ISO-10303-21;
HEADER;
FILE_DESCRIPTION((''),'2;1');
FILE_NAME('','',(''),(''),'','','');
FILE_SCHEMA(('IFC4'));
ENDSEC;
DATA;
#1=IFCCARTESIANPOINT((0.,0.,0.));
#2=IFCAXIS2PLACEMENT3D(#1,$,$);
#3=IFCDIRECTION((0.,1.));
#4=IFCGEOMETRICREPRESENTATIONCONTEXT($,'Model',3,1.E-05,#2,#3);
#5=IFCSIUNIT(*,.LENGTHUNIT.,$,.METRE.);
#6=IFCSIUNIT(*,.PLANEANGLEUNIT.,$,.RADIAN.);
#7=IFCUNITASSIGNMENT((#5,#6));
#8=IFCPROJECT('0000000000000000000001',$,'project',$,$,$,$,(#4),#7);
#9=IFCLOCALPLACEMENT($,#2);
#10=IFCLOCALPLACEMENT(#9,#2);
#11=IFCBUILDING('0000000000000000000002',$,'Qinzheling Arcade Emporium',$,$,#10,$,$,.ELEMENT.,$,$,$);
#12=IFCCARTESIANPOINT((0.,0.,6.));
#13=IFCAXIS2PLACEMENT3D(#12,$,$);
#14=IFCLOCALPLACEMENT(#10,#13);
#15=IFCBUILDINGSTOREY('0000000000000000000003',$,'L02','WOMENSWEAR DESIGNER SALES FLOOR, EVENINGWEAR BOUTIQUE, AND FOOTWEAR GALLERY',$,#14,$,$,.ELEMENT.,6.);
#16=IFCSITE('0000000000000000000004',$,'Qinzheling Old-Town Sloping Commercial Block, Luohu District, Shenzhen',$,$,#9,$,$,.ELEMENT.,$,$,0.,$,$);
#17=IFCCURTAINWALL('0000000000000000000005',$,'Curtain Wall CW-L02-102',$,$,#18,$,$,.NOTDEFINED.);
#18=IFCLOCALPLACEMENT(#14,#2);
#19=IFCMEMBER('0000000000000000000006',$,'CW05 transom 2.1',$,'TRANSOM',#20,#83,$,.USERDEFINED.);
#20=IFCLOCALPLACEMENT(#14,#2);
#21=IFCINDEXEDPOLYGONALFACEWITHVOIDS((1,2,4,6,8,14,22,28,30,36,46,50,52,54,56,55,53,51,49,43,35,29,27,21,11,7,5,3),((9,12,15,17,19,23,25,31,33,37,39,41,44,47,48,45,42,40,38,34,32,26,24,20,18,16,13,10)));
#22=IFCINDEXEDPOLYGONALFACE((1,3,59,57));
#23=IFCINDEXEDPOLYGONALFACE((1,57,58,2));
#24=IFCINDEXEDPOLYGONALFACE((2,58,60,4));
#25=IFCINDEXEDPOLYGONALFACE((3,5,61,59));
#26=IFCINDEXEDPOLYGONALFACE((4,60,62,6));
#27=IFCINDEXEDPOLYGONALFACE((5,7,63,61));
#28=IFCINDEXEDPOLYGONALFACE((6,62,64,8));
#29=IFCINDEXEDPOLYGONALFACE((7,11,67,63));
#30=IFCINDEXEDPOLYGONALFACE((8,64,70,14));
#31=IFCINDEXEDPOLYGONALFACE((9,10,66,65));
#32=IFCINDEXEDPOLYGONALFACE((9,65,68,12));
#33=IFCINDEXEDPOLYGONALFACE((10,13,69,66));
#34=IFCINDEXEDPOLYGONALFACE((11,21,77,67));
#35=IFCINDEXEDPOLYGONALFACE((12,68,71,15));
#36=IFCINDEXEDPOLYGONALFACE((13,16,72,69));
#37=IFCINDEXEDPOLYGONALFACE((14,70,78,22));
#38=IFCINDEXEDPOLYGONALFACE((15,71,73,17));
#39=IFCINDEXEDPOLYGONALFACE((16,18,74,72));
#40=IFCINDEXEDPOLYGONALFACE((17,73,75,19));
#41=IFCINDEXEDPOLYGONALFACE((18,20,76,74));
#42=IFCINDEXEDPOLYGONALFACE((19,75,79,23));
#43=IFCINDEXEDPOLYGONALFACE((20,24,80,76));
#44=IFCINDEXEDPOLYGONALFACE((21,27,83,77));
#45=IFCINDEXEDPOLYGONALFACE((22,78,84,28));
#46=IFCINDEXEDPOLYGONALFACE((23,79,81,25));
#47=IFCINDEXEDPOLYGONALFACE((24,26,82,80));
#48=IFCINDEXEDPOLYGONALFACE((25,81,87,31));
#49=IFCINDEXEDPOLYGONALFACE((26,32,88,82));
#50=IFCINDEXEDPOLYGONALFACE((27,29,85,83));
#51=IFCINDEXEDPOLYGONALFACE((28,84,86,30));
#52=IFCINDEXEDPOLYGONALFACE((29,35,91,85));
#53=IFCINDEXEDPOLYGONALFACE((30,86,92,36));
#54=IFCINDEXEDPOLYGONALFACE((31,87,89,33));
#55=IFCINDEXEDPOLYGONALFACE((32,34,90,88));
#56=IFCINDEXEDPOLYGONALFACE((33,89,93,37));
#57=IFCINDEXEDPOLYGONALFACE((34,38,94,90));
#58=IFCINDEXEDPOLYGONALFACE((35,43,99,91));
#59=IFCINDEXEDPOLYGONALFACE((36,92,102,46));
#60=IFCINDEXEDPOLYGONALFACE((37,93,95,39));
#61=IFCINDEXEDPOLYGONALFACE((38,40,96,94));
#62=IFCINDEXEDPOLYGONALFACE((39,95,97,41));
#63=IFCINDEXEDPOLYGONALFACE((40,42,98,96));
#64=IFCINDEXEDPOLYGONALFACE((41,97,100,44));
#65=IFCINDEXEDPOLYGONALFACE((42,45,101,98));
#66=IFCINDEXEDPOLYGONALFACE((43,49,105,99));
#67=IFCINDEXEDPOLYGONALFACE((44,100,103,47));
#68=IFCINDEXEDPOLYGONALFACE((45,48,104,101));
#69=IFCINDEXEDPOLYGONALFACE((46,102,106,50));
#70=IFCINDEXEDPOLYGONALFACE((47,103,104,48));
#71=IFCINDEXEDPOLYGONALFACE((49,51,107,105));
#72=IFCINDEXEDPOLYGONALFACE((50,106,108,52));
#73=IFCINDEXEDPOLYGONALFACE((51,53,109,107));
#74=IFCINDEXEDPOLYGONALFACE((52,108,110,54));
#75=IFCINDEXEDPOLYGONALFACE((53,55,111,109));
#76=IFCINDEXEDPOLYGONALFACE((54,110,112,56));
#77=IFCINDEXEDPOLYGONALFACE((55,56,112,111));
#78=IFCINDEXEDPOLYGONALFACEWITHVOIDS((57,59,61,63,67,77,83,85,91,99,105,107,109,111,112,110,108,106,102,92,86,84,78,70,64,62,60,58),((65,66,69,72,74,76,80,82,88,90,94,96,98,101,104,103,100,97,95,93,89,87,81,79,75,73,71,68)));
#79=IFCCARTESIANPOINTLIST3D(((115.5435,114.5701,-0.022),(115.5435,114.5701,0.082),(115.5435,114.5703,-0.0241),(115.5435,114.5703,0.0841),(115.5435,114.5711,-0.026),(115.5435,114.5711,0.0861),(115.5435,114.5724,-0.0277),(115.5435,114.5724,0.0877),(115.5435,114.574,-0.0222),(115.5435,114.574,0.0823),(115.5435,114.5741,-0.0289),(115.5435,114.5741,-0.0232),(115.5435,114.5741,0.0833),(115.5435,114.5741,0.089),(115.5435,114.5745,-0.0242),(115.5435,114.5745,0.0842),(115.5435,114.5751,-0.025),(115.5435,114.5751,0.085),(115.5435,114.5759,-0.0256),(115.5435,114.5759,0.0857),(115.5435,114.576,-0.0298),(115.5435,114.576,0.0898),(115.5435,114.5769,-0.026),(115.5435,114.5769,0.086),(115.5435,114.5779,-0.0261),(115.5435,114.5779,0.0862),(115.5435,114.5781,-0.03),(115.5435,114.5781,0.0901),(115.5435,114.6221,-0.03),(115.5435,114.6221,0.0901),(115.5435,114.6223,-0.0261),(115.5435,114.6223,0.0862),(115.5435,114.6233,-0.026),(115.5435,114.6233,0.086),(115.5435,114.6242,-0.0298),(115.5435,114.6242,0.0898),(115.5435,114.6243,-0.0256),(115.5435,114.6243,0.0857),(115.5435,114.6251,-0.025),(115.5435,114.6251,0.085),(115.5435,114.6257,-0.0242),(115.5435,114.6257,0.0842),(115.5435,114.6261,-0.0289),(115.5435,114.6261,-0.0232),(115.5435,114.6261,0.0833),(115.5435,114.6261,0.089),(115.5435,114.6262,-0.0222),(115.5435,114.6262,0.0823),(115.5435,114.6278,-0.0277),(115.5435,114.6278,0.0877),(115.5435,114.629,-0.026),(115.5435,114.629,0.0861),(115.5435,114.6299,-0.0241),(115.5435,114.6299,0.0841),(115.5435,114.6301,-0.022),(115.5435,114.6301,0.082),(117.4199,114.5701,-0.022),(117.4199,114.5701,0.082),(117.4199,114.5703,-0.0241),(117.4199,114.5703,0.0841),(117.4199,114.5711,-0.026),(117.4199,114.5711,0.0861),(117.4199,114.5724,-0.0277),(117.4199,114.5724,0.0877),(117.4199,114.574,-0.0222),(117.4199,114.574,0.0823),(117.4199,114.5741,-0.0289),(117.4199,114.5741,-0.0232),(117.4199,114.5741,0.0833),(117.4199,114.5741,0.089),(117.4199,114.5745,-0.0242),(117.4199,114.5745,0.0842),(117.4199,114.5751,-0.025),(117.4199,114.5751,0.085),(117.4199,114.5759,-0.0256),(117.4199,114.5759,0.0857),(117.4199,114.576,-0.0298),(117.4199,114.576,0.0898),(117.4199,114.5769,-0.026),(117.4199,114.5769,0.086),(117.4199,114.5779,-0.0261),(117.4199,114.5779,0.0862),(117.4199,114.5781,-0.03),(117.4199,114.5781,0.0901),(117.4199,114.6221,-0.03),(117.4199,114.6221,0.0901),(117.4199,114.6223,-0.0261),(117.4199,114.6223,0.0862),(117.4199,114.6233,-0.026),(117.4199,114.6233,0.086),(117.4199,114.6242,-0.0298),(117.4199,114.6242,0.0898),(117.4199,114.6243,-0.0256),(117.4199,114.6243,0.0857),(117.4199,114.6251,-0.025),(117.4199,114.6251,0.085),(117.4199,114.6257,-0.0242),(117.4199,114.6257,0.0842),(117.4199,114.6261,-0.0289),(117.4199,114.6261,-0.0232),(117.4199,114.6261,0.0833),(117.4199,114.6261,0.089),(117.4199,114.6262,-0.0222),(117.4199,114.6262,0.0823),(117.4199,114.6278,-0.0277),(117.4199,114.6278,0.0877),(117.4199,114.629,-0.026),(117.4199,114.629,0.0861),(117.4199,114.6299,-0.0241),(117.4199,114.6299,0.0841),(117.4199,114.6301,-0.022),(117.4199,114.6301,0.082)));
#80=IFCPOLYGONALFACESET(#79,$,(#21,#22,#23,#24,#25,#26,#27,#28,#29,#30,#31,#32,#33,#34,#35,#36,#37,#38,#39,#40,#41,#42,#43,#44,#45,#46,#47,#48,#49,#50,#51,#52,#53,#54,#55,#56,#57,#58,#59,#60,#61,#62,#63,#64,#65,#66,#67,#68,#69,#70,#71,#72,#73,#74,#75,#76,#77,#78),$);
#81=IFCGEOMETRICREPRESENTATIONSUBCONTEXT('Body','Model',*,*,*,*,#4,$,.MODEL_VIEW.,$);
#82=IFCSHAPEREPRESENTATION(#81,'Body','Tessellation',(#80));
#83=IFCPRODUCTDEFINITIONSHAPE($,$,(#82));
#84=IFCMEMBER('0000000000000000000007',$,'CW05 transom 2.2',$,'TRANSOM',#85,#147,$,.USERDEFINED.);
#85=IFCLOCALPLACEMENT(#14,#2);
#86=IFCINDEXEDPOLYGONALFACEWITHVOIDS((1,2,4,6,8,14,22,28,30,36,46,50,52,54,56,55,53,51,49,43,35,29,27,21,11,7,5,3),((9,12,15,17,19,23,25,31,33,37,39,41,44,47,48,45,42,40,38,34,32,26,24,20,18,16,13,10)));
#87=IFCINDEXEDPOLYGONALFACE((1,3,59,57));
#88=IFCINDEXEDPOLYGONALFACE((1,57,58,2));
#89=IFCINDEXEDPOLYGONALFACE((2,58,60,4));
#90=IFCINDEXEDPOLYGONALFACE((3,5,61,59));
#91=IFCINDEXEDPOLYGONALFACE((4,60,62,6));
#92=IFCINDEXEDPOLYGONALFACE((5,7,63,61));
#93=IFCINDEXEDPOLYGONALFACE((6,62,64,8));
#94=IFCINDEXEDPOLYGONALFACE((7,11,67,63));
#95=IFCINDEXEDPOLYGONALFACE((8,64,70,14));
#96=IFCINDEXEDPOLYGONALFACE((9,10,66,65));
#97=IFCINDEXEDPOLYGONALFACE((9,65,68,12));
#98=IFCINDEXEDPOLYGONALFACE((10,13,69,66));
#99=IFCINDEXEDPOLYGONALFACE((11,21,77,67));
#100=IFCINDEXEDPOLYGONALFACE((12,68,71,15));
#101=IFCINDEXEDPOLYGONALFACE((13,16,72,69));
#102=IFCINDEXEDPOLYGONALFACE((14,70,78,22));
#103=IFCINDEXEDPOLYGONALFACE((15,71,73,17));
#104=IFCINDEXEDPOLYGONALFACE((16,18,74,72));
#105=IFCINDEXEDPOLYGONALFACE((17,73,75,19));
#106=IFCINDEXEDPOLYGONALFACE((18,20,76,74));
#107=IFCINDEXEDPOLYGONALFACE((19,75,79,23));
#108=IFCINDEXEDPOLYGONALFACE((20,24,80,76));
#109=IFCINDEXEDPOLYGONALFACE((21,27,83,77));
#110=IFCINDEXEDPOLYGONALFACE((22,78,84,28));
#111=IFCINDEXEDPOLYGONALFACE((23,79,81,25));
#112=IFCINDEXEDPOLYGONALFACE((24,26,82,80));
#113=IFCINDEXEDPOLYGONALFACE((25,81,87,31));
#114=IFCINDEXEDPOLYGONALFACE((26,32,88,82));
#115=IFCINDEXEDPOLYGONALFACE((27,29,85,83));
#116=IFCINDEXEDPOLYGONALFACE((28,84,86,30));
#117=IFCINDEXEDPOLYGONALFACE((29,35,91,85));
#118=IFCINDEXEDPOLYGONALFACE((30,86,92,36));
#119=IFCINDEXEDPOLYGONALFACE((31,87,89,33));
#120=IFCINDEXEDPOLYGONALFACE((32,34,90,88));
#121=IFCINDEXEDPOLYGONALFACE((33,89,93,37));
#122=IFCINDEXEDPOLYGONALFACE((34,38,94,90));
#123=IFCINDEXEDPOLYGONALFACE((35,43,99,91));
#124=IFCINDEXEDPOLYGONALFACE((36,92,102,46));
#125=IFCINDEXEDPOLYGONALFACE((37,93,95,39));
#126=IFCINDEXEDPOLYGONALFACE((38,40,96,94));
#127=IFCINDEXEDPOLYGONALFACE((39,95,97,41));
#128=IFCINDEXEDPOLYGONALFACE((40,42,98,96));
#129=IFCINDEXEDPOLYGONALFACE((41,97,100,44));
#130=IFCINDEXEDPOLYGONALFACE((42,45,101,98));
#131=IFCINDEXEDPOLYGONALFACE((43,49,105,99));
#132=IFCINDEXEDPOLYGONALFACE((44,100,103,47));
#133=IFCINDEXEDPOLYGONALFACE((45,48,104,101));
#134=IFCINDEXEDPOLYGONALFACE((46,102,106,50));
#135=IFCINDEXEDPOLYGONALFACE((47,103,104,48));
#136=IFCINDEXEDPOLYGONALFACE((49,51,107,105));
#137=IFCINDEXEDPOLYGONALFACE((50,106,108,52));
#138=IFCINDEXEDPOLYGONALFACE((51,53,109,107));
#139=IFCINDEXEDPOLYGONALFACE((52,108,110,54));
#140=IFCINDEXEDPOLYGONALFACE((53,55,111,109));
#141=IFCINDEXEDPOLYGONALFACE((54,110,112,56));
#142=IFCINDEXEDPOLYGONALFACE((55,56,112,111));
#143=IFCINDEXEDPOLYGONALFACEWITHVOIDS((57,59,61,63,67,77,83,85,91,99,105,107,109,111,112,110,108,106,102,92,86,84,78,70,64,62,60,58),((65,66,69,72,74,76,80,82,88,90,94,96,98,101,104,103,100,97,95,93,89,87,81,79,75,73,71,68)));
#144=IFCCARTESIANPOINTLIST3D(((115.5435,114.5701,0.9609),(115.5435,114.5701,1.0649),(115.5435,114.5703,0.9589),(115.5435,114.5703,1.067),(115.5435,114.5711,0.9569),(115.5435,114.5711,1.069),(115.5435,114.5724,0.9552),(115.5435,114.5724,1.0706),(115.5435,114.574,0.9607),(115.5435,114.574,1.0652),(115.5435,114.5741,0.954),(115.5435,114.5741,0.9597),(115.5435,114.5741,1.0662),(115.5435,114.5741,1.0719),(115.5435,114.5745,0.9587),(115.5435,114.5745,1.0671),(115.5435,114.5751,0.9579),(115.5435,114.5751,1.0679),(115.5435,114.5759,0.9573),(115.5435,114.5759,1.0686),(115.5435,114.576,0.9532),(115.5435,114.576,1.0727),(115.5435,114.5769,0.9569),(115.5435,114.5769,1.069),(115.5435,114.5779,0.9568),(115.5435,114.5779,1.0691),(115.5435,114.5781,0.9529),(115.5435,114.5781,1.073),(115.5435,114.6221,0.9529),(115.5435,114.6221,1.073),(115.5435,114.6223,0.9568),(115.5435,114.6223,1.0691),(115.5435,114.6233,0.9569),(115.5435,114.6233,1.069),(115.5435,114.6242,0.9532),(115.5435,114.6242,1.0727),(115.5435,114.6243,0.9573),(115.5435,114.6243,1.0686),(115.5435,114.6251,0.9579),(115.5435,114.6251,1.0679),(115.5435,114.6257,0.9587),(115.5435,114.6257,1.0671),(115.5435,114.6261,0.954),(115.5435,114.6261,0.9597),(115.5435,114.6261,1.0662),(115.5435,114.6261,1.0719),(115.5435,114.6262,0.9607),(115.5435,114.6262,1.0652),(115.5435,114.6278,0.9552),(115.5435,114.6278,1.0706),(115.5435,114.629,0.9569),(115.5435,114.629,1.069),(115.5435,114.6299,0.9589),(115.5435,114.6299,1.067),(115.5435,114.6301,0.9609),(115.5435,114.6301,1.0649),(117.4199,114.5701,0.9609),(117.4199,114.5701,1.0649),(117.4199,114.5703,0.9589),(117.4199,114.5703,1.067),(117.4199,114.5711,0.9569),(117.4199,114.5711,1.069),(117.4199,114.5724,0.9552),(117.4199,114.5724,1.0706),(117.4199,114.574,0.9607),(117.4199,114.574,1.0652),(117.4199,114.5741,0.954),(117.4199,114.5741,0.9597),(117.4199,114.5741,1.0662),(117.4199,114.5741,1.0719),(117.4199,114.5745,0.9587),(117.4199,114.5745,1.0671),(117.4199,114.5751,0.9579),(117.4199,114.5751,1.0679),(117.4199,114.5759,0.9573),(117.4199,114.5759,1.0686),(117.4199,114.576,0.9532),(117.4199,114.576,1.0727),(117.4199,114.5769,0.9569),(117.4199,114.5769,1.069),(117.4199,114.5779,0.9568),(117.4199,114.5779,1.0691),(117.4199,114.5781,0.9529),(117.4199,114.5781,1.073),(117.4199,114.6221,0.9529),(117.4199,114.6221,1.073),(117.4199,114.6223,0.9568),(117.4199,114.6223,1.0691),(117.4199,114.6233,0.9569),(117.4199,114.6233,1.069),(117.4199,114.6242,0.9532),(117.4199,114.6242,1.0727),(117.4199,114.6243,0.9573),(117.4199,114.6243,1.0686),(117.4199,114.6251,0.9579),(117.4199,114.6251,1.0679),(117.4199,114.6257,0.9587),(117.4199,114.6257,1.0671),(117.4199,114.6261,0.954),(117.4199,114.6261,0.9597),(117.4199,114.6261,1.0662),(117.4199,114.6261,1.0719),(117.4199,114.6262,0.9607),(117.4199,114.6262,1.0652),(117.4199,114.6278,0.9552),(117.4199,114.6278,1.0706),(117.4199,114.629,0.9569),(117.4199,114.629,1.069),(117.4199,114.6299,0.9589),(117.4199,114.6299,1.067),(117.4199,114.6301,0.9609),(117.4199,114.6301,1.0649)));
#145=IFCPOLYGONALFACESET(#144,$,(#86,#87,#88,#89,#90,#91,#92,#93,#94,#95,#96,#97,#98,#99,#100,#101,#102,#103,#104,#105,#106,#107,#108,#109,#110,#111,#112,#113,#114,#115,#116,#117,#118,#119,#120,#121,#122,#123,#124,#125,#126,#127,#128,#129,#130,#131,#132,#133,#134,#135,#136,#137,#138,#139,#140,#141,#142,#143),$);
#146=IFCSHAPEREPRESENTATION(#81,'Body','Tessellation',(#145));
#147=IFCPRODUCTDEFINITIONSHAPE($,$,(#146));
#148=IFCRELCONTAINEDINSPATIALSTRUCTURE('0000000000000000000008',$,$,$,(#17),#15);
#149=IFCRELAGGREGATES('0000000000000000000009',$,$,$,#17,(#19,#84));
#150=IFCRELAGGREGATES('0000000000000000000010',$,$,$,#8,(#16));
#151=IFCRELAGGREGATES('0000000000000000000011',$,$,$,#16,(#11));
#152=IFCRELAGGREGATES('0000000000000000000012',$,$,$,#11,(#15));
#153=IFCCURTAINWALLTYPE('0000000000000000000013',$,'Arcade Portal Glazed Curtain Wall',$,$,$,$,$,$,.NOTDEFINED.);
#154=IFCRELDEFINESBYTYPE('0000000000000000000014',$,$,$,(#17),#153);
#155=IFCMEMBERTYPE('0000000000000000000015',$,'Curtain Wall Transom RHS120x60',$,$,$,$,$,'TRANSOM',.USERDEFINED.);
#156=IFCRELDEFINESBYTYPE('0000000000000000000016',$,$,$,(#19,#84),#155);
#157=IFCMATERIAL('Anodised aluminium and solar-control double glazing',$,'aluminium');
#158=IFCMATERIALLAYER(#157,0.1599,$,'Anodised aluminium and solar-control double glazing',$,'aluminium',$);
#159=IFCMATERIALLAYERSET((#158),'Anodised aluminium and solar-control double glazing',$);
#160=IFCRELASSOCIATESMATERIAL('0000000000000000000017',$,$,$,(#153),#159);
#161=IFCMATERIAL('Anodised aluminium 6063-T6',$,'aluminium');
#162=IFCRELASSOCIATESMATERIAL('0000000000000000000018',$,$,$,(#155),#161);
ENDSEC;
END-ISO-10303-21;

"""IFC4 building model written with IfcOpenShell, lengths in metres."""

from ifc_helpers import new_model, si_unit, direction, frame, origin, origin_2d, place, context, subcontext, project, spatial, hollow_rectangle, extrude, material, layer, layer_set, material_profile, profile_set, type_object, element, aggregate, save


model = new_model("IFC4")

# Units and contexts
model_context = context("Model", 3, precision=1e-05, world=origin(), true_north=direction((0.0, 1.0)))
body_context = subcontext(model_context, "Body", "Model", "MODEL_VIEW")
ifc_project = project(units=[si_unit("LENGTHUNIT", "METRE"), si_unit("PLANEANGLEUNIT", "RADIAN")], contexts=[model_context])

# Site, building, storey
site_placement = place(None, origin())
site = spatial("IfcSite", under=ifc_project, at=site_placement, Name="Qinzheling Old-Town Sloping Commercial Block, Luohu District, Shenzhen", CompositionType="ELEMENT", RefElevation=0.0)
building_placement = place(site_placement, origin())
building = spatial("IfcBuilding", under=site, at=building_placement, Name="Qinzheling Arcade Emporium", CompositionType="ELEMENT")
storey_placement = place(building_placement, frame((0.0, 0.0, 6.0)))
storey = spatial("IfcBuildingStorey", under=building, at=storey_placement, Name="L02", Description="WOMENSWEAR DESIGNER SALES FLOOR, EVENINGWEAR BOUTIQUE, AND FOOTWEAR GALLERY", CompositionType="ELEMENT", Elevation=6.0)

# Curtain wall, members
ifc_material_1 = material(Name="Anodised aluminium and solar-control double glazing", Category="aluminium")
ifc_layer_1 = layer(ifc_material_1, 0.1599, Name="Anodised aluminium and solar-control double glazing", Category="aluminium")
ifc_layer_set_1 = layer_set([ifc_layer_1], Name="Anodised aluminium and solar-control double glazing")
curtain_wall_type = type_object("IfcCurtainWallType", Name="Arcade Portal Glazed Curtain Wall", PredefinedType="NOTDEFINED", material=ifc_layer_set_1)
curtain_wall_placement = place(storey_placement, origin())
curtain_wall = element("IfcCurtainWall", 1, at=curtain_wall_placement, inside=storey, type_object=curtain_wall_type, Name="Curtain Wall CW-L02-102", PredefinedType="NOTDEFINED")
ifc_material_2 = material(Name="Anodised aluminium 6063-T6", Category="aluminium")
ifc_material_profile_1 = material_profile(ifc_material_2, hollow_rectangle(XDim=0.0601, YDim=0.1201, WallThickness=0.0039, InnerFilletRadius=0.0039, OuterFilletRadius=0.0081, at=origin_2d()), Name="RHS 120x60x4", Category="aluminium")
ifc_profile_set_1 = profile_set([ifc_material_profile_1], Name="Anodised aluminium 6063-T6")
member_type_1 = type_object("IfcMemberType", Name="Curtain Wall Transom RHS120x60", ElementType="TRANSOM", PredefinedType="USERDEFINED", material=ifc_profile_set_1)
member_1_placement = place(storey_placement, frame((115.5435, 114.6001, 0.03), z_axis=(1.0, 0.0, 0.0), x_axis=(0.0, 1.0, 0.0)))
member_1 = element("IfcMember", 2, at=member_1_placement, type_object=member_type_1, Name="CW05 transom 2.1", ObjectType="TRANSOM", PredefinedType="USERDEFINED", context=body_context, shape_type="SweptSolid", body=[
    extrude(hollow_rectangle(XDim=0.0601, YDim=0.1201, WallThickness=0.0039, InnerFilletRadius=0.0039, OuterFilletRadius=0.0081, at=origin_2d()), origin(), (0.0, 0.0, 1.0), 1.8765),
])
member_2_placement = place(storey_placement, frame((115.5435, 114.6001, 1.0129), z_axis=(1.0, 0.0, 0.0), x_axis=(0.0, 1.0, 0.0)))
member_2 = element("IfcMember", 3, at=member_2_placement, type_object=member_type_1, Name="CW05 transom 2.2", ObjectType="TRANSOM", PredefinedType="USERDEFINED", context=body_context, shape_type="SweptSolid", body=[
    extrude(hollow_rectangle(XDim=0.0601, YDim=0.1201, WallThickness=0.0039, InnerFilletRadius=0.0039, OuterFilletRadius=0.0081, at=origin_2d()), origin(), (0.0, 0.0, 1.0), 1.8765),
])

aggregate(curtain_wall, [member_1, member_2])

save(model, "model.ifc")
